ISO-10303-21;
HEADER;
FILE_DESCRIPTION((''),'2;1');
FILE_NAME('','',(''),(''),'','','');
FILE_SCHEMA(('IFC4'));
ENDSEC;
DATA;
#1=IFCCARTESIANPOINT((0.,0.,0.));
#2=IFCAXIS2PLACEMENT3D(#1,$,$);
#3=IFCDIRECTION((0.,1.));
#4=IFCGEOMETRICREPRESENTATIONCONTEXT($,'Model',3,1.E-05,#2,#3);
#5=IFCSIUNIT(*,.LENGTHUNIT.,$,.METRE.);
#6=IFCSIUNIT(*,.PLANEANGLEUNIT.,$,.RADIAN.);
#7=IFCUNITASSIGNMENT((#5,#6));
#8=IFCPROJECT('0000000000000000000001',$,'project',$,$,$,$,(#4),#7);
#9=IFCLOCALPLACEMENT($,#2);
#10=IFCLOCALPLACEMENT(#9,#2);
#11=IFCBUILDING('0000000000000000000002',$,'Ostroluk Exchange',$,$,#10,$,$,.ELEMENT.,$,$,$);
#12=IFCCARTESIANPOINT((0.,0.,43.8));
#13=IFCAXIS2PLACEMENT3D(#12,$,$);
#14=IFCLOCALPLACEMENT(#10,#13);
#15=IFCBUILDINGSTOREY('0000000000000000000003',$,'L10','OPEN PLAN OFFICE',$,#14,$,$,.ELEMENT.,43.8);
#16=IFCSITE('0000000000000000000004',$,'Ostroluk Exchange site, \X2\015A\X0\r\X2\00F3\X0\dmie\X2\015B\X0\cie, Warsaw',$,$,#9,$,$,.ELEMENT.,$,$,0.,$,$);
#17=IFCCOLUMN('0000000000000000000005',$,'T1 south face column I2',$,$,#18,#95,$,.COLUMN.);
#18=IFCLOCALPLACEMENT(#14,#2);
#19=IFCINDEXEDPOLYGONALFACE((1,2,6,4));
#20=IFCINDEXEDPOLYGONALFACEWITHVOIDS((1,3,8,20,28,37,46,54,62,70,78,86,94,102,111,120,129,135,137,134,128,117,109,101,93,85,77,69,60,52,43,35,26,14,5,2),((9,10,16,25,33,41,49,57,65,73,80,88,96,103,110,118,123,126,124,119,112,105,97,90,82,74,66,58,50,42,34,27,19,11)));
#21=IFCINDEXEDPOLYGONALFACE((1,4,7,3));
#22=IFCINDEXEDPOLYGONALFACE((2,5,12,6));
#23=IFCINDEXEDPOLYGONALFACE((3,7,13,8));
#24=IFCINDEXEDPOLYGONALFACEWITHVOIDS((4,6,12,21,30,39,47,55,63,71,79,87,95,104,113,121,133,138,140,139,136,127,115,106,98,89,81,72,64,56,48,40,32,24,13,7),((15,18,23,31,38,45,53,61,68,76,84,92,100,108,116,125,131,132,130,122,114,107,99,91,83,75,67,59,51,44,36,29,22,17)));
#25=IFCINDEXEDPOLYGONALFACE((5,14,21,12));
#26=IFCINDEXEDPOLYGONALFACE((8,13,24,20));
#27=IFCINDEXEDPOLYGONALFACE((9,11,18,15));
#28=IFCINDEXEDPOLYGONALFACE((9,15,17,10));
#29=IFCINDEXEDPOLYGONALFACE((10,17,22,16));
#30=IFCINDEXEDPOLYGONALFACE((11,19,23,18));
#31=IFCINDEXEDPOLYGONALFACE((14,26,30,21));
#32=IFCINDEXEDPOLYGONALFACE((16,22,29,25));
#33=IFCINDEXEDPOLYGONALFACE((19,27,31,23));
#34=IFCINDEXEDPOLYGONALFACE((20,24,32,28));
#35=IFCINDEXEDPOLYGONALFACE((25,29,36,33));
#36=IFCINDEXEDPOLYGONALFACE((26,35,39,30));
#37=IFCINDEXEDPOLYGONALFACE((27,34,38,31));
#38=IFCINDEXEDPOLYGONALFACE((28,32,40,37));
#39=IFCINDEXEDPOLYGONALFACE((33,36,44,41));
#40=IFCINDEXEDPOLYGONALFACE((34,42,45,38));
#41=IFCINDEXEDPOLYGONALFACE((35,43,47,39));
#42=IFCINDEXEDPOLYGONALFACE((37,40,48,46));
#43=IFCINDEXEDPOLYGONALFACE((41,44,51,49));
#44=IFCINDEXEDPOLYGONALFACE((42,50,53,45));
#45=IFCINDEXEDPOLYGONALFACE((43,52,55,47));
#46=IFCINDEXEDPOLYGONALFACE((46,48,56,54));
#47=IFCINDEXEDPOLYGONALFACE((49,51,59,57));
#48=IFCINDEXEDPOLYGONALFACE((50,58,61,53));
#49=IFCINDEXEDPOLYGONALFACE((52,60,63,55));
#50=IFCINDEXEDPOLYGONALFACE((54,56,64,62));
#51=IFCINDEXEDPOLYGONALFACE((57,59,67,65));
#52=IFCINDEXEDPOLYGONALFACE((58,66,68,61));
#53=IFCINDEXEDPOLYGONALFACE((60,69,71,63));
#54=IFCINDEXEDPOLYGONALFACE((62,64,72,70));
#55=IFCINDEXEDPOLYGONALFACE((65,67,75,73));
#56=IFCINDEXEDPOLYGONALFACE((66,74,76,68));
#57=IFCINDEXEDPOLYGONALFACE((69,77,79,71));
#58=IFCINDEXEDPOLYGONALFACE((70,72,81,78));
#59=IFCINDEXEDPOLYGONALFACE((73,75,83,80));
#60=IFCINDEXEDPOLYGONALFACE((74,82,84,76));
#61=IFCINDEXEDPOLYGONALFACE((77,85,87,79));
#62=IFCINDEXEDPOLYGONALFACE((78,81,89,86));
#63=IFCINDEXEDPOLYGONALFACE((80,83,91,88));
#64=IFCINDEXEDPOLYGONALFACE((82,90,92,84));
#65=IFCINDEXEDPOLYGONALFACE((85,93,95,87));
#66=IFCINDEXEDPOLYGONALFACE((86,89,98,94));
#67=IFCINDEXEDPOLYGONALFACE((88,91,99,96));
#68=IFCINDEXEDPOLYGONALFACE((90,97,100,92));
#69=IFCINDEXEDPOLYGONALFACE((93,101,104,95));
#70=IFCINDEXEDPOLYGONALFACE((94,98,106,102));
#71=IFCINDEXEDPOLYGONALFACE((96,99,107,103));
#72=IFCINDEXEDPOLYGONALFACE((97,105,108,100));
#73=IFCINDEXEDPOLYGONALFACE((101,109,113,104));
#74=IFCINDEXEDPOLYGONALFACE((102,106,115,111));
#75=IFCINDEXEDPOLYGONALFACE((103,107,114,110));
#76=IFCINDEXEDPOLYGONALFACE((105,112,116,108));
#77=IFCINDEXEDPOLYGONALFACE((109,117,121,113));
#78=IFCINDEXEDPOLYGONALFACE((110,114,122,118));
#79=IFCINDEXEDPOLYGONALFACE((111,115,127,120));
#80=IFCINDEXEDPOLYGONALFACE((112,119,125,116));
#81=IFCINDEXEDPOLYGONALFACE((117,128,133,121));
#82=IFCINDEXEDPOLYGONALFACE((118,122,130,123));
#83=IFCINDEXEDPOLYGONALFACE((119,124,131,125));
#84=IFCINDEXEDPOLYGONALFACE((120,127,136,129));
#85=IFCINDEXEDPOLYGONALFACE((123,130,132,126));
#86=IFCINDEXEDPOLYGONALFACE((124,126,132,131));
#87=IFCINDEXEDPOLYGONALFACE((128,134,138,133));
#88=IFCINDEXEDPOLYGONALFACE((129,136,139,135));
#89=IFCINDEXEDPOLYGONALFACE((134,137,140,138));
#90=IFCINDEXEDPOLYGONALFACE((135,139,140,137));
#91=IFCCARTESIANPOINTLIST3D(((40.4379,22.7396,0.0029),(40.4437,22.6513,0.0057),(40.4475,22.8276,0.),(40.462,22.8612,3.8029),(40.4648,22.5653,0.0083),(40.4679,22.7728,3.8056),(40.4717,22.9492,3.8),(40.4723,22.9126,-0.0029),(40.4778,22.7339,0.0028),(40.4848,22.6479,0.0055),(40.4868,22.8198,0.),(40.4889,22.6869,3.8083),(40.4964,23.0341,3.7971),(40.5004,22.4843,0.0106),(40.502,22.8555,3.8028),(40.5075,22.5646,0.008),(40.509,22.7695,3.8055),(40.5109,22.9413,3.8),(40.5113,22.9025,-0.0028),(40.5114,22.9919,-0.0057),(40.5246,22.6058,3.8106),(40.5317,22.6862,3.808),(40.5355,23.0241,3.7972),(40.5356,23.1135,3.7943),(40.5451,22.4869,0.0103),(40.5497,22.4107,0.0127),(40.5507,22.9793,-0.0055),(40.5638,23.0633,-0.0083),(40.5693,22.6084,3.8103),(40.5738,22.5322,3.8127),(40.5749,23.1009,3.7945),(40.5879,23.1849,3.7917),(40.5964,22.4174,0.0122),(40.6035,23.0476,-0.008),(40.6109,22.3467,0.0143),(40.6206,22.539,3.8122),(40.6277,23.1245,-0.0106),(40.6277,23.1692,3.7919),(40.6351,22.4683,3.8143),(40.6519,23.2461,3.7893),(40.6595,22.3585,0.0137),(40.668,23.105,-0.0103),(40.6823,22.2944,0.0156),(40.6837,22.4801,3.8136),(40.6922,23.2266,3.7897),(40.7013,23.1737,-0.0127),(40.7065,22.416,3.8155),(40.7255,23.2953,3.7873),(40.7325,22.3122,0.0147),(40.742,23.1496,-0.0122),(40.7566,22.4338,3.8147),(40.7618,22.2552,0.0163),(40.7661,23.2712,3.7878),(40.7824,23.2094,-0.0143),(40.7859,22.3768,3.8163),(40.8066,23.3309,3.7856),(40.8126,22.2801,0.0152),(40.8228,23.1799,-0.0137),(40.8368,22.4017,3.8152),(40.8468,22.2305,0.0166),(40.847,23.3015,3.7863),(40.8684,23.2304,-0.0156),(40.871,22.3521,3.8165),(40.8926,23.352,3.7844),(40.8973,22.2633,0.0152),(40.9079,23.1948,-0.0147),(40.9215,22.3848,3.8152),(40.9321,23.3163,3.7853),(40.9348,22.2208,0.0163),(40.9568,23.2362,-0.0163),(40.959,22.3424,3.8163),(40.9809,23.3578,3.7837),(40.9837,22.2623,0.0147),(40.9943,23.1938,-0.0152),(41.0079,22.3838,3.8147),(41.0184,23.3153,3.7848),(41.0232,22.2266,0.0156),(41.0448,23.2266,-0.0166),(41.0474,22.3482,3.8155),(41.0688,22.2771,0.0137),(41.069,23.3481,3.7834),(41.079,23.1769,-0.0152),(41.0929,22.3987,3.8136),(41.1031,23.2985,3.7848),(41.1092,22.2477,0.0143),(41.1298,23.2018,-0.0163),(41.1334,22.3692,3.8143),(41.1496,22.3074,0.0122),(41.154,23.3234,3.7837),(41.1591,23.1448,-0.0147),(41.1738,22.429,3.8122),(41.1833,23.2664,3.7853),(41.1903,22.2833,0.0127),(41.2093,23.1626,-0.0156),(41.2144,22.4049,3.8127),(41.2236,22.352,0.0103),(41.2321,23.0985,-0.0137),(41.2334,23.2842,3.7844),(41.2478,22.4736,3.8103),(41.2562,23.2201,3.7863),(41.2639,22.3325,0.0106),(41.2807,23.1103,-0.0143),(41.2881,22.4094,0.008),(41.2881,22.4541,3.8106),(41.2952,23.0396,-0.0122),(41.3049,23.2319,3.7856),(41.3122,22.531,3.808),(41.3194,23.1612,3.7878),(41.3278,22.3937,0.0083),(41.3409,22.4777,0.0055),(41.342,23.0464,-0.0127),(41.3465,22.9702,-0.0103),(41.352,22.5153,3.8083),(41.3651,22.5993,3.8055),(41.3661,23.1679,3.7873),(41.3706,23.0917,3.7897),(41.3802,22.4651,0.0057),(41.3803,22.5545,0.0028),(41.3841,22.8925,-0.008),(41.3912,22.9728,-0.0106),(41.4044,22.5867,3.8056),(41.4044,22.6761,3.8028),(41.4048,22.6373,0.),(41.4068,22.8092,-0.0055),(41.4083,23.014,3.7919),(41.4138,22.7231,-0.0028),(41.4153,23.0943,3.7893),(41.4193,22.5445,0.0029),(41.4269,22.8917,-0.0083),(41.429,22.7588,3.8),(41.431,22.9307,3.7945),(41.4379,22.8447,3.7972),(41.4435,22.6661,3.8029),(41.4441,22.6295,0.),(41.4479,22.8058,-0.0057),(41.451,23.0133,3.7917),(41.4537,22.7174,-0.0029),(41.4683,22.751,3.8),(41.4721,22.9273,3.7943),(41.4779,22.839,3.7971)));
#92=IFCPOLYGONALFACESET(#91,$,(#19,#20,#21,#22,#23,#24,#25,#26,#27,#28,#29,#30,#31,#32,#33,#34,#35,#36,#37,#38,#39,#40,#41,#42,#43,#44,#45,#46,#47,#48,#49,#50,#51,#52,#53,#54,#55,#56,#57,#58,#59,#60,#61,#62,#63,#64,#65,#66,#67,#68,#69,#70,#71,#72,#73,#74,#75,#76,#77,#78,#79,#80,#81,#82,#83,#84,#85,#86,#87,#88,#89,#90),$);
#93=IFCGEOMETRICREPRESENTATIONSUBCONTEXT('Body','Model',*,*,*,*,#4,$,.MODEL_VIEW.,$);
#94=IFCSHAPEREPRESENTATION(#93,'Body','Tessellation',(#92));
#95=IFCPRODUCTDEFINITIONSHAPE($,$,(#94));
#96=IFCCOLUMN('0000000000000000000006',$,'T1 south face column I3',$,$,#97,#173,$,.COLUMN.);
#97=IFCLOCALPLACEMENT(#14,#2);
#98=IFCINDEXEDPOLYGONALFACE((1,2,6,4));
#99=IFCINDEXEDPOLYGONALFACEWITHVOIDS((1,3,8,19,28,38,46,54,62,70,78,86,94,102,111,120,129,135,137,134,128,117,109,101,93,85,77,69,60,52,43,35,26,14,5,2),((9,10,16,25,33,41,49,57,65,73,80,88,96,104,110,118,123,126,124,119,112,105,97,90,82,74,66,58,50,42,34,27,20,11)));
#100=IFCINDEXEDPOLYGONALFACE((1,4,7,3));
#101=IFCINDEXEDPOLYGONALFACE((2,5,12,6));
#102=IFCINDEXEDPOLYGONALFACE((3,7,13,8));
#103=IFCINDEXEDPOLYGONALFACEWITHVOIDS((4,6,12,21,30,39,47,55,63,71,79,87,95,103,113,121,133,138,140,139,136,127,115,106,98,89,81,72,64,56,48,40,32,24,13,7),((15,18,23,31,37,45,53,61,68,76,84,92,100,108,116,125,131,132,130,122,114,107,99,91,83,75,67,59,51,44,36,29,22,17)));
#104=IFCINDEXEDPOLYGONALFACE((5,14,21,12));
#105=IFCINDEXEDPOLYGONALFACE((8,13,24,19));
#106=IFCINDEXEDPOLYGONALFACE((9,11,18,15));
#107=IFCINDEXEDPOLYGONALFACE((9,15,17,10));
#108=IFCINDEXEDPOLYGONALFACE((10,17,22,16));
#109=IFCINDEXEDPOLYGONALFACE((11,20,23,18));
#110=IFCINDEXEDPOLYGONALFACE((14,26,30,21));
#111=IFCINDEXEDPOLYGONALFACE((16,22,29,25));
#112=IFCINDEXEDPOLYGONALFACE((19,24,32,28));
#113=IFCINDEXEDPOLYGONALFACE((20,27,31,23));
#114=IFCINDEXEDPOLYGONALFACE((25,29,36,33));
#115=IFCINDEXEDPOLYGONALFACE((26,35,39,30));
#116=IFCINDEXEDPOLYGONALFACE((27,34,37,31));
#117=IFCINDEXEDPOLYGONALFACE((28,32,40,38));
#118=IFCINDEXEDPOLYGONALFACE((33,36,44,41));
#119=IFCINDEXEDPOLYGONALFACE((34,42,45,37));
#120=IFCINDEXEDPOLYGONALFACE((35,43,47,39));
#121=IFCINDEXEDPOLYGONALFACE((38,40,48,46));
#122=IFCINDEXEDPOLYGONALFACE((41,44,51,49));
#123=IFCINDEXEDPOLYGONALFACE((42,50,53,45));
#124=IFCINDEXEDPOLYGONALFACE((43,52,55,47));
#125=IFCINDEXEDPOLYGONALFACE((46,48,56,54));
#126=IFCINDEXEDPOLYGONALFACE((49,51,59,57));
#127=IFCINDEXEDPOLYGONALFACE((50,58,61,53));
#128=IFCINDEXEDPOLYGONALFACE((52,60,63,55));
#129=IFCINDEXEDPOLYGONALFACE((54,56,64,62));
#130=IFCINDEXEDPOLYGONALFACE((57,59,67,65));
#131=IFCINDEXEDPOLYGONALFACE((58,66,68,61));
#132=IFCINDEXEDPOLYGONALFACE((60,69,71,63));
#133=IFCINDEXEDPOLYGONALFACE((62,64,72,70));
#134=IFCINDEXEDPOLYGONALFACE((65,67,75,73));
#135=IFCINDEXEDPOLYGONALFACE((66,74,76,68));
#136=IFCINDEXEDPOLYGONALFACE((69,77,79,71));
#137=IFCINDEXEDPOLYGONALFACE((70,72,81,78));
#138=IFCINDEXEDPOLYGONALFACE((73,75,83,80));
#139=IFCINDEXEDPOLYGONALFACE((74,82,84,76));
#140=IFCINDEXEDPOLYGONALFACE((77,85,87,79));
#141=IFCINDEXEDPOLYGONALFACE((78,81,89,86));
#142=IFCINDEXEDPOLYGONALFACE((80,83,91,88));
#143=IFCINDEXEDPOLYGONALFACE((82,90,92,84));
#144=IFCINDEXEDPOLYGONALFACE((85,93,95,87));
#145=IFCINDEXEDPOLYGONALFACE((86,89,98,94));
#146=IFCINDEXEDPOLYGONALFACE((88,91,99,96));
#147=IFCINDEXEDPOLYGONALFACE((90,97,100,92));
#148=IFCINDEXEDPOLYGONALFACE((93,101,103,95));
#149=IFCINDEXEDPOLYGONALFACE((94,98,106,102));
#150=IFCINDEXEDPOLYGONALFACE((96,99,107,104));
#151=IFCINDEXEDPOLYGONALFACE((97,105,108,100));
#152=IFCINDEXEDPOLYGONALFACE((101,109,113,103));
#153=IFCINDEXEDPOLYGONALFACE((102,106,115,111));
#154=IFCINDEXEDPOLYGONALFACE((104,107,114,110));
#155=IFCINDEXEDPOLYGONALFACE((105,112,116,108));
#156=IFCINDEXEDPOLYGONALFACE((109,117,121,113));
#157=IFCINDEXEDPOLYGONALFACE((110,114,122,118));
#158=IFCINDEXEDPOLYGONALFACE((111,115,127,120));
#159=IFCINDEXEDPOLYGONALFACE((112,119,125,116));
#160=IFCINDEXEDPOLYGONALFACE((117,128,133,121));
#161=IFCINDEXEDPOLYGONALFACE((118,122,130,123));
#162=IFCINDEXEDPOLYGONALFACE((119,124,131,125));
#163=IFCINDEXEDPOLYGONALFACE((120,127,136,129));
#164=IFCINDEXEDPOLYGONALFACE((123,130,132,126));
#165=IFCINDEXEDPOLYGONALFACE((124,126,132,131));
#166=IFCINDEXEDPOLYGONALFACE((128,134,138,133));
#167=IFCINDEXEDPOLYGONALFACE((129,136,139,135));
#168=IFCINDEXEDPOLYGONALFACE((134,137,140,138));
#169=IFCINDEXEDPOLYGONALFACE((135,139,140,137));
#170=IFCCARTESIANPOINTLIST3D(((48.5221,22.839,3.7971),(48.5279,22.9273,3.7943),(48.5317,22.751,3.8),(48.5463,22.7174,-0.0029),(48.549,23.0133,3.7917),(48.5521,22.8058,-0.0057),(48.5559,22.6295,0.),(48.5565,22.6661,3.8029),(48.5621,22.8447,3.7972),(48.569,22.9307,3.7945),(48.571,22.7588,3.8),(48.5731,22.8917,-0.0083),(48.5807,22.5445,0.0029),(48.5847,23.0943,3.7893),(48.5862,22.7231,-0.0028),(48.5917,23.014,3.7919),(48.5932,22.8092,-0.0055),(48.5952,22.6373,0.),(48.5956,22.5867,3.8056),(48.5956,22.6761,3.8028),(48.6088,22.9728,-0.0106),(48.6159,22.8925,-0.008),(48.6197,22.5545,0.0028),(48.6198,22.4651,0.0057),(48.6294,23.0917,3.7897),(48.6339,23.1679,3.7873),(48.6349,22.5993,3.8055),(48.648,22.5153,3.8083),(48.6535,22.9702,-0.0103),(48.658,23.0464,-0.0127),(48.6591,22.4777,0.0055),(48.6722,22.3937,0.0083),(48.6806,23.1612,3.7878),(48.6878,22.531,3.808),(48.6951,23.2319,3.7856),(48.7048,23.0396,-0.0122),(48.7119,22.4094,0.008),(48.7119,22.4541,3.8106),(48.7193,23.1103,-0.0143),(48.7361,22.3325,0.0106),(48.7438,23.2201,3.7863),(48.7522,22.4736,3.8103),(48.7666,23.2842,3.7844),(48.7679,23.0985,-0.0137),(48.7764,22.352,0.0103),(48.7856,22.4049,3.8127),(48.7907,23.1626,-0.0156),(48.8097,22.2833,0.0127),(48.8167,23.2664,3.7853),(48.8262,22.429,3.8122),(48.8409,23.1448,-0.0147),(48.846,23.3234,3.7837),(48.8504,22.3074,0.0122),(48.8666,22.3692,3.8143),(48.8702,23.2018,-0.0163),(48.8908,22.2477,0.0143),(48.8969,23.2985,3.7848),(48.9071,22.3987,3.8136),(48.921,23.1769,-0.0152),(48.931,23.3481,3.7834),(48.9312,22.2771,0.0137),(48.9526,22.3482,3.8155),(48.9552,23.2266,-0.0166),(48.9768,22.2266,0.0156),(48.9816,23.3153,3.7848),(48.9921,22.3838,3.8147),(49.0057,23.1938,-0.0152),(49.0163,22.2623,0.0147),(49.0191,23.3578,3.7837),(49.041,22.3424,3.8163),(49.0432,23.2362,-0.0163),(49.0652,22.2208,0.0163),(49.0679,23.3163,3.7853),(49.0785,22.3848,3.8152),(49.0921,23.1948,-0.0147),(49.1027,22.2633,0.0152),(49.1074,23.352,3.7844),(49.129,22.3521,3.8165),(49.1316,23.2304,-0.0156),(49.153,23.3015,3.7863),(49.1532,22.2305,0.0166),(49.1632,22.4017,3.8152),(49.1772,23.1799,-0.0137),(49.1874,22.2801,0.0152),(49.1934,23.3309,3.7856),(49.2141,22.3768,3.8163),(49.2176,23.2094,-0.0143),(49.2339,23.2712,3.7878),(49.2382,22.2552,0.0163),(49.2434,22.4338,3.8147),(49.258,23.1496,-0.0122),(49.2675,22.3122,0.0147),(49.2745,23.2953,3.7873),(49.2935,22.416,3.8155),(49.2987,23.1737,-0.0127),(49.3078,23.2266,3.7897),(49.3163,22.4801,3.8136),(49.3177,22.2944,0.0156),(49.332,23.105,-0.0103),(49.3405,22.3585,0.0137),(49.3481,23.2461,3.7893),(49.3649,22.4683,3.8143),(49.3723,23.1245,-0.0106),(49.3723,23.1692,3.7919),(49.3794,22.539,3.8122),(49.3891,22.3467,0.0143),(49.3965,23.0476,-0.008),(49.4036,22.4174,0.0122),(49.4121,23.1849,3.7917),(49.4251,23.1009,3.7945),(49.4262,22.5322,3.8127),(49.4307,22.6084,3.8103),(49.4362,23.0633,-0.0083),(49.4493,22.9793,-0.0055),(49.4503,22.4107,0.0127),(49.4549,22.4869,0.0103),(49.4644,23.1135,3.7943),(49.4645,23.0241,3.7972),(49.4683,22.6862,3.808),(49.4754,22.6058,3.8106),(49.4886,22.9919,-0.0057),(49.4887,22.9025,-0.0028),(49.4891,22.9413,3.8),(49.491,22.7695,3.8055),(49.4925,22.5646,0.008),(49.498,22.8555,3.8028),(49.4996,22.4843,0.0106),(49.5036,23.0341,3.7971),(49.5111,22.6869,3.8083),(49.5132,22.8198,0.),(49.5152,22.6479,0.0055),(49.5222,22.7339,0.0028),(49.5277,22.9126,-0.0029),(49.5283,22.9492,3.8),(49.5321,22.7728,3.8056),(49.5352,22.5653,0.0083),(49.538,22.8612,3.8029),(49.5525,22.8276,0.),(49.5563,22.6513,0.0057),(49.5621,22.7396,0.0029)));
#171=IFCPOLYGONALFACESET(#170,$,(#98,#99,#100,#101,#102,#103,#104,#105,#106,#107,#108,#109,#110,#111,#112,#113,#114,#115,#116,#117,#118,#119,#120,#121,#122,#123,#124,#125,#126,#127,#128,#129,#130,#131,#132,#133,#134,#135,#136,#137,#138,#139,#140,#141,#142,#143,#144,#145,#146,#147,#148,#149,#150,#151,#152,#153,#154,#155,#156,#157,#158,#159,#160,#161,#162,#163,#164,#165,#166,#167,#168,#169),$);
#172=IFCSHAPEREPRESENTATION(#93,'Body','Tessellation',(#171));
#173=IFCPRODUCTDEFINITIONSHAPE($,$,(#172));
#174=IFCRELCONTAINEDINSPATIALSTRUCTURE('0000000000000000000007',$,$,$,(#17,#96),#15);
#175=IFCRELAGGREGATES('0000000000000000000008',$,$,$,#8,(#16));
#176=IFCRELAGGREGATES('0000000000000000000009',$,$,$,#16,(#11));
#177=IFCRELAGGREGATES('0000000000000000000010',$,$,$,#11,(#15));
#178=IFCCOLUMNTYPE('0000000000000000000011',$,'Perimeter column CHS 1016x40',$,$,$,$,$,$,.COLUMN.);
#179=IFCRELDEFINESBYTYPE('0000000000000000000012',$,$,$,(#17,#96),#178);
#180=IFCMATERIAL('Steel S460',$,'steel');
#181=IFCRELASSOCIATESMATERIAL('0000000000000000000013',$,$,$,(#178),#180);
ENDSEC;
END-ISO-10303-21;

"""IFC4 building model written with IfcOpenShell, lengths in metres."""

from ifc_helpers import new_model, si_unit, direction, frame, origin, origin_2d, place, context, subcontext, project, spatial, hollow_circle, extrude, material, material_profile, profile_set, type_object, element, save


model = new_model("IFC4")

# Units and contexts
model_context = context("Model", 3, precision=1e-05, world=origin(), true_north=direction((0.0, 1.0)))
body_context = subcontext(model_context, "Body", "Model", "MODEL_VIEW")
ifc_project = project(units=[si_unit("LENGTHUNIT", "METRE"), si_unit("PLANEANGLEUNIT", "RADIAN")], contexts=[model_context])

# Site, building, storey
site_placement = place(None, origin())
site = spatial("IfcSite", under=ifc_project, at=site_placement, Name="Ostroluk Exchange site, Śródmieście, Warsaw", CompositionType="ELEMENT", RefElevation=0.0)
building_placement = place(site_placement, origin())
building = spatial("IfcBuilding", under=site, at=building_placement, Name="Ostroluk Exchange", CompositionType="ELEMENT")
storey_placement = place(building_placement, frame((0.0, 0.0, 43.8)))
storey = spatial("IfcBuildingStorey", under=building, at=storey_placement, Name="L10", Description="OPEN PLAN OFFICE", CompositionType="ELEMENT", Elevation=43.8)

# Columns
ifc_material_1 = material(Name="Steel S460", Category="steel")
ifc_material_profile_1 = material_profile(ifc_material_1, hollow_circle(Radius=0.5081, WallThickness=0.04, at=origin_2d()), Name="CHS 1016x40")
ifc_profile_set_1 = profile_set([ifc_material_profile_1], Name="Steel S460")
column_type = type_object("IfcColumnType", Name="Perimeter column CHS 1016x40", PredefinedType="COLUMN", material=ifc_profile_set_1)
for number, where, z_axis, x_axis, name in (
    (1, (40.9458, 22.7285, 0.0), (0.006357, 0.031978, 0.999468), (-0.980807, 0.19498, 0.0), "T1 south face column I2"),
    (2, (49.0542, 22.7285, 0.0), (-0.006357, 0.031978, 0.999468), (-0.980807, -0.19498, 0.0), "T1 south face column I3"),
):
    element("IfcColumn", number, at=place(storey_placement, frame(where, z_axis=z_axis, x_axis=x_axis)), inside=storey, type_object=column_type, Name=name, PredefinedType="COLUMN", context=body_context, shape_type="SweptSolid", body=[
        extrude(hollow_circle(Radius=0.5081, WallThickness=0.04, at=origin_2d()), origin(), (0.0, 0.0, 1.0), 3.802),
    ])

save(model, "model.ifc")
